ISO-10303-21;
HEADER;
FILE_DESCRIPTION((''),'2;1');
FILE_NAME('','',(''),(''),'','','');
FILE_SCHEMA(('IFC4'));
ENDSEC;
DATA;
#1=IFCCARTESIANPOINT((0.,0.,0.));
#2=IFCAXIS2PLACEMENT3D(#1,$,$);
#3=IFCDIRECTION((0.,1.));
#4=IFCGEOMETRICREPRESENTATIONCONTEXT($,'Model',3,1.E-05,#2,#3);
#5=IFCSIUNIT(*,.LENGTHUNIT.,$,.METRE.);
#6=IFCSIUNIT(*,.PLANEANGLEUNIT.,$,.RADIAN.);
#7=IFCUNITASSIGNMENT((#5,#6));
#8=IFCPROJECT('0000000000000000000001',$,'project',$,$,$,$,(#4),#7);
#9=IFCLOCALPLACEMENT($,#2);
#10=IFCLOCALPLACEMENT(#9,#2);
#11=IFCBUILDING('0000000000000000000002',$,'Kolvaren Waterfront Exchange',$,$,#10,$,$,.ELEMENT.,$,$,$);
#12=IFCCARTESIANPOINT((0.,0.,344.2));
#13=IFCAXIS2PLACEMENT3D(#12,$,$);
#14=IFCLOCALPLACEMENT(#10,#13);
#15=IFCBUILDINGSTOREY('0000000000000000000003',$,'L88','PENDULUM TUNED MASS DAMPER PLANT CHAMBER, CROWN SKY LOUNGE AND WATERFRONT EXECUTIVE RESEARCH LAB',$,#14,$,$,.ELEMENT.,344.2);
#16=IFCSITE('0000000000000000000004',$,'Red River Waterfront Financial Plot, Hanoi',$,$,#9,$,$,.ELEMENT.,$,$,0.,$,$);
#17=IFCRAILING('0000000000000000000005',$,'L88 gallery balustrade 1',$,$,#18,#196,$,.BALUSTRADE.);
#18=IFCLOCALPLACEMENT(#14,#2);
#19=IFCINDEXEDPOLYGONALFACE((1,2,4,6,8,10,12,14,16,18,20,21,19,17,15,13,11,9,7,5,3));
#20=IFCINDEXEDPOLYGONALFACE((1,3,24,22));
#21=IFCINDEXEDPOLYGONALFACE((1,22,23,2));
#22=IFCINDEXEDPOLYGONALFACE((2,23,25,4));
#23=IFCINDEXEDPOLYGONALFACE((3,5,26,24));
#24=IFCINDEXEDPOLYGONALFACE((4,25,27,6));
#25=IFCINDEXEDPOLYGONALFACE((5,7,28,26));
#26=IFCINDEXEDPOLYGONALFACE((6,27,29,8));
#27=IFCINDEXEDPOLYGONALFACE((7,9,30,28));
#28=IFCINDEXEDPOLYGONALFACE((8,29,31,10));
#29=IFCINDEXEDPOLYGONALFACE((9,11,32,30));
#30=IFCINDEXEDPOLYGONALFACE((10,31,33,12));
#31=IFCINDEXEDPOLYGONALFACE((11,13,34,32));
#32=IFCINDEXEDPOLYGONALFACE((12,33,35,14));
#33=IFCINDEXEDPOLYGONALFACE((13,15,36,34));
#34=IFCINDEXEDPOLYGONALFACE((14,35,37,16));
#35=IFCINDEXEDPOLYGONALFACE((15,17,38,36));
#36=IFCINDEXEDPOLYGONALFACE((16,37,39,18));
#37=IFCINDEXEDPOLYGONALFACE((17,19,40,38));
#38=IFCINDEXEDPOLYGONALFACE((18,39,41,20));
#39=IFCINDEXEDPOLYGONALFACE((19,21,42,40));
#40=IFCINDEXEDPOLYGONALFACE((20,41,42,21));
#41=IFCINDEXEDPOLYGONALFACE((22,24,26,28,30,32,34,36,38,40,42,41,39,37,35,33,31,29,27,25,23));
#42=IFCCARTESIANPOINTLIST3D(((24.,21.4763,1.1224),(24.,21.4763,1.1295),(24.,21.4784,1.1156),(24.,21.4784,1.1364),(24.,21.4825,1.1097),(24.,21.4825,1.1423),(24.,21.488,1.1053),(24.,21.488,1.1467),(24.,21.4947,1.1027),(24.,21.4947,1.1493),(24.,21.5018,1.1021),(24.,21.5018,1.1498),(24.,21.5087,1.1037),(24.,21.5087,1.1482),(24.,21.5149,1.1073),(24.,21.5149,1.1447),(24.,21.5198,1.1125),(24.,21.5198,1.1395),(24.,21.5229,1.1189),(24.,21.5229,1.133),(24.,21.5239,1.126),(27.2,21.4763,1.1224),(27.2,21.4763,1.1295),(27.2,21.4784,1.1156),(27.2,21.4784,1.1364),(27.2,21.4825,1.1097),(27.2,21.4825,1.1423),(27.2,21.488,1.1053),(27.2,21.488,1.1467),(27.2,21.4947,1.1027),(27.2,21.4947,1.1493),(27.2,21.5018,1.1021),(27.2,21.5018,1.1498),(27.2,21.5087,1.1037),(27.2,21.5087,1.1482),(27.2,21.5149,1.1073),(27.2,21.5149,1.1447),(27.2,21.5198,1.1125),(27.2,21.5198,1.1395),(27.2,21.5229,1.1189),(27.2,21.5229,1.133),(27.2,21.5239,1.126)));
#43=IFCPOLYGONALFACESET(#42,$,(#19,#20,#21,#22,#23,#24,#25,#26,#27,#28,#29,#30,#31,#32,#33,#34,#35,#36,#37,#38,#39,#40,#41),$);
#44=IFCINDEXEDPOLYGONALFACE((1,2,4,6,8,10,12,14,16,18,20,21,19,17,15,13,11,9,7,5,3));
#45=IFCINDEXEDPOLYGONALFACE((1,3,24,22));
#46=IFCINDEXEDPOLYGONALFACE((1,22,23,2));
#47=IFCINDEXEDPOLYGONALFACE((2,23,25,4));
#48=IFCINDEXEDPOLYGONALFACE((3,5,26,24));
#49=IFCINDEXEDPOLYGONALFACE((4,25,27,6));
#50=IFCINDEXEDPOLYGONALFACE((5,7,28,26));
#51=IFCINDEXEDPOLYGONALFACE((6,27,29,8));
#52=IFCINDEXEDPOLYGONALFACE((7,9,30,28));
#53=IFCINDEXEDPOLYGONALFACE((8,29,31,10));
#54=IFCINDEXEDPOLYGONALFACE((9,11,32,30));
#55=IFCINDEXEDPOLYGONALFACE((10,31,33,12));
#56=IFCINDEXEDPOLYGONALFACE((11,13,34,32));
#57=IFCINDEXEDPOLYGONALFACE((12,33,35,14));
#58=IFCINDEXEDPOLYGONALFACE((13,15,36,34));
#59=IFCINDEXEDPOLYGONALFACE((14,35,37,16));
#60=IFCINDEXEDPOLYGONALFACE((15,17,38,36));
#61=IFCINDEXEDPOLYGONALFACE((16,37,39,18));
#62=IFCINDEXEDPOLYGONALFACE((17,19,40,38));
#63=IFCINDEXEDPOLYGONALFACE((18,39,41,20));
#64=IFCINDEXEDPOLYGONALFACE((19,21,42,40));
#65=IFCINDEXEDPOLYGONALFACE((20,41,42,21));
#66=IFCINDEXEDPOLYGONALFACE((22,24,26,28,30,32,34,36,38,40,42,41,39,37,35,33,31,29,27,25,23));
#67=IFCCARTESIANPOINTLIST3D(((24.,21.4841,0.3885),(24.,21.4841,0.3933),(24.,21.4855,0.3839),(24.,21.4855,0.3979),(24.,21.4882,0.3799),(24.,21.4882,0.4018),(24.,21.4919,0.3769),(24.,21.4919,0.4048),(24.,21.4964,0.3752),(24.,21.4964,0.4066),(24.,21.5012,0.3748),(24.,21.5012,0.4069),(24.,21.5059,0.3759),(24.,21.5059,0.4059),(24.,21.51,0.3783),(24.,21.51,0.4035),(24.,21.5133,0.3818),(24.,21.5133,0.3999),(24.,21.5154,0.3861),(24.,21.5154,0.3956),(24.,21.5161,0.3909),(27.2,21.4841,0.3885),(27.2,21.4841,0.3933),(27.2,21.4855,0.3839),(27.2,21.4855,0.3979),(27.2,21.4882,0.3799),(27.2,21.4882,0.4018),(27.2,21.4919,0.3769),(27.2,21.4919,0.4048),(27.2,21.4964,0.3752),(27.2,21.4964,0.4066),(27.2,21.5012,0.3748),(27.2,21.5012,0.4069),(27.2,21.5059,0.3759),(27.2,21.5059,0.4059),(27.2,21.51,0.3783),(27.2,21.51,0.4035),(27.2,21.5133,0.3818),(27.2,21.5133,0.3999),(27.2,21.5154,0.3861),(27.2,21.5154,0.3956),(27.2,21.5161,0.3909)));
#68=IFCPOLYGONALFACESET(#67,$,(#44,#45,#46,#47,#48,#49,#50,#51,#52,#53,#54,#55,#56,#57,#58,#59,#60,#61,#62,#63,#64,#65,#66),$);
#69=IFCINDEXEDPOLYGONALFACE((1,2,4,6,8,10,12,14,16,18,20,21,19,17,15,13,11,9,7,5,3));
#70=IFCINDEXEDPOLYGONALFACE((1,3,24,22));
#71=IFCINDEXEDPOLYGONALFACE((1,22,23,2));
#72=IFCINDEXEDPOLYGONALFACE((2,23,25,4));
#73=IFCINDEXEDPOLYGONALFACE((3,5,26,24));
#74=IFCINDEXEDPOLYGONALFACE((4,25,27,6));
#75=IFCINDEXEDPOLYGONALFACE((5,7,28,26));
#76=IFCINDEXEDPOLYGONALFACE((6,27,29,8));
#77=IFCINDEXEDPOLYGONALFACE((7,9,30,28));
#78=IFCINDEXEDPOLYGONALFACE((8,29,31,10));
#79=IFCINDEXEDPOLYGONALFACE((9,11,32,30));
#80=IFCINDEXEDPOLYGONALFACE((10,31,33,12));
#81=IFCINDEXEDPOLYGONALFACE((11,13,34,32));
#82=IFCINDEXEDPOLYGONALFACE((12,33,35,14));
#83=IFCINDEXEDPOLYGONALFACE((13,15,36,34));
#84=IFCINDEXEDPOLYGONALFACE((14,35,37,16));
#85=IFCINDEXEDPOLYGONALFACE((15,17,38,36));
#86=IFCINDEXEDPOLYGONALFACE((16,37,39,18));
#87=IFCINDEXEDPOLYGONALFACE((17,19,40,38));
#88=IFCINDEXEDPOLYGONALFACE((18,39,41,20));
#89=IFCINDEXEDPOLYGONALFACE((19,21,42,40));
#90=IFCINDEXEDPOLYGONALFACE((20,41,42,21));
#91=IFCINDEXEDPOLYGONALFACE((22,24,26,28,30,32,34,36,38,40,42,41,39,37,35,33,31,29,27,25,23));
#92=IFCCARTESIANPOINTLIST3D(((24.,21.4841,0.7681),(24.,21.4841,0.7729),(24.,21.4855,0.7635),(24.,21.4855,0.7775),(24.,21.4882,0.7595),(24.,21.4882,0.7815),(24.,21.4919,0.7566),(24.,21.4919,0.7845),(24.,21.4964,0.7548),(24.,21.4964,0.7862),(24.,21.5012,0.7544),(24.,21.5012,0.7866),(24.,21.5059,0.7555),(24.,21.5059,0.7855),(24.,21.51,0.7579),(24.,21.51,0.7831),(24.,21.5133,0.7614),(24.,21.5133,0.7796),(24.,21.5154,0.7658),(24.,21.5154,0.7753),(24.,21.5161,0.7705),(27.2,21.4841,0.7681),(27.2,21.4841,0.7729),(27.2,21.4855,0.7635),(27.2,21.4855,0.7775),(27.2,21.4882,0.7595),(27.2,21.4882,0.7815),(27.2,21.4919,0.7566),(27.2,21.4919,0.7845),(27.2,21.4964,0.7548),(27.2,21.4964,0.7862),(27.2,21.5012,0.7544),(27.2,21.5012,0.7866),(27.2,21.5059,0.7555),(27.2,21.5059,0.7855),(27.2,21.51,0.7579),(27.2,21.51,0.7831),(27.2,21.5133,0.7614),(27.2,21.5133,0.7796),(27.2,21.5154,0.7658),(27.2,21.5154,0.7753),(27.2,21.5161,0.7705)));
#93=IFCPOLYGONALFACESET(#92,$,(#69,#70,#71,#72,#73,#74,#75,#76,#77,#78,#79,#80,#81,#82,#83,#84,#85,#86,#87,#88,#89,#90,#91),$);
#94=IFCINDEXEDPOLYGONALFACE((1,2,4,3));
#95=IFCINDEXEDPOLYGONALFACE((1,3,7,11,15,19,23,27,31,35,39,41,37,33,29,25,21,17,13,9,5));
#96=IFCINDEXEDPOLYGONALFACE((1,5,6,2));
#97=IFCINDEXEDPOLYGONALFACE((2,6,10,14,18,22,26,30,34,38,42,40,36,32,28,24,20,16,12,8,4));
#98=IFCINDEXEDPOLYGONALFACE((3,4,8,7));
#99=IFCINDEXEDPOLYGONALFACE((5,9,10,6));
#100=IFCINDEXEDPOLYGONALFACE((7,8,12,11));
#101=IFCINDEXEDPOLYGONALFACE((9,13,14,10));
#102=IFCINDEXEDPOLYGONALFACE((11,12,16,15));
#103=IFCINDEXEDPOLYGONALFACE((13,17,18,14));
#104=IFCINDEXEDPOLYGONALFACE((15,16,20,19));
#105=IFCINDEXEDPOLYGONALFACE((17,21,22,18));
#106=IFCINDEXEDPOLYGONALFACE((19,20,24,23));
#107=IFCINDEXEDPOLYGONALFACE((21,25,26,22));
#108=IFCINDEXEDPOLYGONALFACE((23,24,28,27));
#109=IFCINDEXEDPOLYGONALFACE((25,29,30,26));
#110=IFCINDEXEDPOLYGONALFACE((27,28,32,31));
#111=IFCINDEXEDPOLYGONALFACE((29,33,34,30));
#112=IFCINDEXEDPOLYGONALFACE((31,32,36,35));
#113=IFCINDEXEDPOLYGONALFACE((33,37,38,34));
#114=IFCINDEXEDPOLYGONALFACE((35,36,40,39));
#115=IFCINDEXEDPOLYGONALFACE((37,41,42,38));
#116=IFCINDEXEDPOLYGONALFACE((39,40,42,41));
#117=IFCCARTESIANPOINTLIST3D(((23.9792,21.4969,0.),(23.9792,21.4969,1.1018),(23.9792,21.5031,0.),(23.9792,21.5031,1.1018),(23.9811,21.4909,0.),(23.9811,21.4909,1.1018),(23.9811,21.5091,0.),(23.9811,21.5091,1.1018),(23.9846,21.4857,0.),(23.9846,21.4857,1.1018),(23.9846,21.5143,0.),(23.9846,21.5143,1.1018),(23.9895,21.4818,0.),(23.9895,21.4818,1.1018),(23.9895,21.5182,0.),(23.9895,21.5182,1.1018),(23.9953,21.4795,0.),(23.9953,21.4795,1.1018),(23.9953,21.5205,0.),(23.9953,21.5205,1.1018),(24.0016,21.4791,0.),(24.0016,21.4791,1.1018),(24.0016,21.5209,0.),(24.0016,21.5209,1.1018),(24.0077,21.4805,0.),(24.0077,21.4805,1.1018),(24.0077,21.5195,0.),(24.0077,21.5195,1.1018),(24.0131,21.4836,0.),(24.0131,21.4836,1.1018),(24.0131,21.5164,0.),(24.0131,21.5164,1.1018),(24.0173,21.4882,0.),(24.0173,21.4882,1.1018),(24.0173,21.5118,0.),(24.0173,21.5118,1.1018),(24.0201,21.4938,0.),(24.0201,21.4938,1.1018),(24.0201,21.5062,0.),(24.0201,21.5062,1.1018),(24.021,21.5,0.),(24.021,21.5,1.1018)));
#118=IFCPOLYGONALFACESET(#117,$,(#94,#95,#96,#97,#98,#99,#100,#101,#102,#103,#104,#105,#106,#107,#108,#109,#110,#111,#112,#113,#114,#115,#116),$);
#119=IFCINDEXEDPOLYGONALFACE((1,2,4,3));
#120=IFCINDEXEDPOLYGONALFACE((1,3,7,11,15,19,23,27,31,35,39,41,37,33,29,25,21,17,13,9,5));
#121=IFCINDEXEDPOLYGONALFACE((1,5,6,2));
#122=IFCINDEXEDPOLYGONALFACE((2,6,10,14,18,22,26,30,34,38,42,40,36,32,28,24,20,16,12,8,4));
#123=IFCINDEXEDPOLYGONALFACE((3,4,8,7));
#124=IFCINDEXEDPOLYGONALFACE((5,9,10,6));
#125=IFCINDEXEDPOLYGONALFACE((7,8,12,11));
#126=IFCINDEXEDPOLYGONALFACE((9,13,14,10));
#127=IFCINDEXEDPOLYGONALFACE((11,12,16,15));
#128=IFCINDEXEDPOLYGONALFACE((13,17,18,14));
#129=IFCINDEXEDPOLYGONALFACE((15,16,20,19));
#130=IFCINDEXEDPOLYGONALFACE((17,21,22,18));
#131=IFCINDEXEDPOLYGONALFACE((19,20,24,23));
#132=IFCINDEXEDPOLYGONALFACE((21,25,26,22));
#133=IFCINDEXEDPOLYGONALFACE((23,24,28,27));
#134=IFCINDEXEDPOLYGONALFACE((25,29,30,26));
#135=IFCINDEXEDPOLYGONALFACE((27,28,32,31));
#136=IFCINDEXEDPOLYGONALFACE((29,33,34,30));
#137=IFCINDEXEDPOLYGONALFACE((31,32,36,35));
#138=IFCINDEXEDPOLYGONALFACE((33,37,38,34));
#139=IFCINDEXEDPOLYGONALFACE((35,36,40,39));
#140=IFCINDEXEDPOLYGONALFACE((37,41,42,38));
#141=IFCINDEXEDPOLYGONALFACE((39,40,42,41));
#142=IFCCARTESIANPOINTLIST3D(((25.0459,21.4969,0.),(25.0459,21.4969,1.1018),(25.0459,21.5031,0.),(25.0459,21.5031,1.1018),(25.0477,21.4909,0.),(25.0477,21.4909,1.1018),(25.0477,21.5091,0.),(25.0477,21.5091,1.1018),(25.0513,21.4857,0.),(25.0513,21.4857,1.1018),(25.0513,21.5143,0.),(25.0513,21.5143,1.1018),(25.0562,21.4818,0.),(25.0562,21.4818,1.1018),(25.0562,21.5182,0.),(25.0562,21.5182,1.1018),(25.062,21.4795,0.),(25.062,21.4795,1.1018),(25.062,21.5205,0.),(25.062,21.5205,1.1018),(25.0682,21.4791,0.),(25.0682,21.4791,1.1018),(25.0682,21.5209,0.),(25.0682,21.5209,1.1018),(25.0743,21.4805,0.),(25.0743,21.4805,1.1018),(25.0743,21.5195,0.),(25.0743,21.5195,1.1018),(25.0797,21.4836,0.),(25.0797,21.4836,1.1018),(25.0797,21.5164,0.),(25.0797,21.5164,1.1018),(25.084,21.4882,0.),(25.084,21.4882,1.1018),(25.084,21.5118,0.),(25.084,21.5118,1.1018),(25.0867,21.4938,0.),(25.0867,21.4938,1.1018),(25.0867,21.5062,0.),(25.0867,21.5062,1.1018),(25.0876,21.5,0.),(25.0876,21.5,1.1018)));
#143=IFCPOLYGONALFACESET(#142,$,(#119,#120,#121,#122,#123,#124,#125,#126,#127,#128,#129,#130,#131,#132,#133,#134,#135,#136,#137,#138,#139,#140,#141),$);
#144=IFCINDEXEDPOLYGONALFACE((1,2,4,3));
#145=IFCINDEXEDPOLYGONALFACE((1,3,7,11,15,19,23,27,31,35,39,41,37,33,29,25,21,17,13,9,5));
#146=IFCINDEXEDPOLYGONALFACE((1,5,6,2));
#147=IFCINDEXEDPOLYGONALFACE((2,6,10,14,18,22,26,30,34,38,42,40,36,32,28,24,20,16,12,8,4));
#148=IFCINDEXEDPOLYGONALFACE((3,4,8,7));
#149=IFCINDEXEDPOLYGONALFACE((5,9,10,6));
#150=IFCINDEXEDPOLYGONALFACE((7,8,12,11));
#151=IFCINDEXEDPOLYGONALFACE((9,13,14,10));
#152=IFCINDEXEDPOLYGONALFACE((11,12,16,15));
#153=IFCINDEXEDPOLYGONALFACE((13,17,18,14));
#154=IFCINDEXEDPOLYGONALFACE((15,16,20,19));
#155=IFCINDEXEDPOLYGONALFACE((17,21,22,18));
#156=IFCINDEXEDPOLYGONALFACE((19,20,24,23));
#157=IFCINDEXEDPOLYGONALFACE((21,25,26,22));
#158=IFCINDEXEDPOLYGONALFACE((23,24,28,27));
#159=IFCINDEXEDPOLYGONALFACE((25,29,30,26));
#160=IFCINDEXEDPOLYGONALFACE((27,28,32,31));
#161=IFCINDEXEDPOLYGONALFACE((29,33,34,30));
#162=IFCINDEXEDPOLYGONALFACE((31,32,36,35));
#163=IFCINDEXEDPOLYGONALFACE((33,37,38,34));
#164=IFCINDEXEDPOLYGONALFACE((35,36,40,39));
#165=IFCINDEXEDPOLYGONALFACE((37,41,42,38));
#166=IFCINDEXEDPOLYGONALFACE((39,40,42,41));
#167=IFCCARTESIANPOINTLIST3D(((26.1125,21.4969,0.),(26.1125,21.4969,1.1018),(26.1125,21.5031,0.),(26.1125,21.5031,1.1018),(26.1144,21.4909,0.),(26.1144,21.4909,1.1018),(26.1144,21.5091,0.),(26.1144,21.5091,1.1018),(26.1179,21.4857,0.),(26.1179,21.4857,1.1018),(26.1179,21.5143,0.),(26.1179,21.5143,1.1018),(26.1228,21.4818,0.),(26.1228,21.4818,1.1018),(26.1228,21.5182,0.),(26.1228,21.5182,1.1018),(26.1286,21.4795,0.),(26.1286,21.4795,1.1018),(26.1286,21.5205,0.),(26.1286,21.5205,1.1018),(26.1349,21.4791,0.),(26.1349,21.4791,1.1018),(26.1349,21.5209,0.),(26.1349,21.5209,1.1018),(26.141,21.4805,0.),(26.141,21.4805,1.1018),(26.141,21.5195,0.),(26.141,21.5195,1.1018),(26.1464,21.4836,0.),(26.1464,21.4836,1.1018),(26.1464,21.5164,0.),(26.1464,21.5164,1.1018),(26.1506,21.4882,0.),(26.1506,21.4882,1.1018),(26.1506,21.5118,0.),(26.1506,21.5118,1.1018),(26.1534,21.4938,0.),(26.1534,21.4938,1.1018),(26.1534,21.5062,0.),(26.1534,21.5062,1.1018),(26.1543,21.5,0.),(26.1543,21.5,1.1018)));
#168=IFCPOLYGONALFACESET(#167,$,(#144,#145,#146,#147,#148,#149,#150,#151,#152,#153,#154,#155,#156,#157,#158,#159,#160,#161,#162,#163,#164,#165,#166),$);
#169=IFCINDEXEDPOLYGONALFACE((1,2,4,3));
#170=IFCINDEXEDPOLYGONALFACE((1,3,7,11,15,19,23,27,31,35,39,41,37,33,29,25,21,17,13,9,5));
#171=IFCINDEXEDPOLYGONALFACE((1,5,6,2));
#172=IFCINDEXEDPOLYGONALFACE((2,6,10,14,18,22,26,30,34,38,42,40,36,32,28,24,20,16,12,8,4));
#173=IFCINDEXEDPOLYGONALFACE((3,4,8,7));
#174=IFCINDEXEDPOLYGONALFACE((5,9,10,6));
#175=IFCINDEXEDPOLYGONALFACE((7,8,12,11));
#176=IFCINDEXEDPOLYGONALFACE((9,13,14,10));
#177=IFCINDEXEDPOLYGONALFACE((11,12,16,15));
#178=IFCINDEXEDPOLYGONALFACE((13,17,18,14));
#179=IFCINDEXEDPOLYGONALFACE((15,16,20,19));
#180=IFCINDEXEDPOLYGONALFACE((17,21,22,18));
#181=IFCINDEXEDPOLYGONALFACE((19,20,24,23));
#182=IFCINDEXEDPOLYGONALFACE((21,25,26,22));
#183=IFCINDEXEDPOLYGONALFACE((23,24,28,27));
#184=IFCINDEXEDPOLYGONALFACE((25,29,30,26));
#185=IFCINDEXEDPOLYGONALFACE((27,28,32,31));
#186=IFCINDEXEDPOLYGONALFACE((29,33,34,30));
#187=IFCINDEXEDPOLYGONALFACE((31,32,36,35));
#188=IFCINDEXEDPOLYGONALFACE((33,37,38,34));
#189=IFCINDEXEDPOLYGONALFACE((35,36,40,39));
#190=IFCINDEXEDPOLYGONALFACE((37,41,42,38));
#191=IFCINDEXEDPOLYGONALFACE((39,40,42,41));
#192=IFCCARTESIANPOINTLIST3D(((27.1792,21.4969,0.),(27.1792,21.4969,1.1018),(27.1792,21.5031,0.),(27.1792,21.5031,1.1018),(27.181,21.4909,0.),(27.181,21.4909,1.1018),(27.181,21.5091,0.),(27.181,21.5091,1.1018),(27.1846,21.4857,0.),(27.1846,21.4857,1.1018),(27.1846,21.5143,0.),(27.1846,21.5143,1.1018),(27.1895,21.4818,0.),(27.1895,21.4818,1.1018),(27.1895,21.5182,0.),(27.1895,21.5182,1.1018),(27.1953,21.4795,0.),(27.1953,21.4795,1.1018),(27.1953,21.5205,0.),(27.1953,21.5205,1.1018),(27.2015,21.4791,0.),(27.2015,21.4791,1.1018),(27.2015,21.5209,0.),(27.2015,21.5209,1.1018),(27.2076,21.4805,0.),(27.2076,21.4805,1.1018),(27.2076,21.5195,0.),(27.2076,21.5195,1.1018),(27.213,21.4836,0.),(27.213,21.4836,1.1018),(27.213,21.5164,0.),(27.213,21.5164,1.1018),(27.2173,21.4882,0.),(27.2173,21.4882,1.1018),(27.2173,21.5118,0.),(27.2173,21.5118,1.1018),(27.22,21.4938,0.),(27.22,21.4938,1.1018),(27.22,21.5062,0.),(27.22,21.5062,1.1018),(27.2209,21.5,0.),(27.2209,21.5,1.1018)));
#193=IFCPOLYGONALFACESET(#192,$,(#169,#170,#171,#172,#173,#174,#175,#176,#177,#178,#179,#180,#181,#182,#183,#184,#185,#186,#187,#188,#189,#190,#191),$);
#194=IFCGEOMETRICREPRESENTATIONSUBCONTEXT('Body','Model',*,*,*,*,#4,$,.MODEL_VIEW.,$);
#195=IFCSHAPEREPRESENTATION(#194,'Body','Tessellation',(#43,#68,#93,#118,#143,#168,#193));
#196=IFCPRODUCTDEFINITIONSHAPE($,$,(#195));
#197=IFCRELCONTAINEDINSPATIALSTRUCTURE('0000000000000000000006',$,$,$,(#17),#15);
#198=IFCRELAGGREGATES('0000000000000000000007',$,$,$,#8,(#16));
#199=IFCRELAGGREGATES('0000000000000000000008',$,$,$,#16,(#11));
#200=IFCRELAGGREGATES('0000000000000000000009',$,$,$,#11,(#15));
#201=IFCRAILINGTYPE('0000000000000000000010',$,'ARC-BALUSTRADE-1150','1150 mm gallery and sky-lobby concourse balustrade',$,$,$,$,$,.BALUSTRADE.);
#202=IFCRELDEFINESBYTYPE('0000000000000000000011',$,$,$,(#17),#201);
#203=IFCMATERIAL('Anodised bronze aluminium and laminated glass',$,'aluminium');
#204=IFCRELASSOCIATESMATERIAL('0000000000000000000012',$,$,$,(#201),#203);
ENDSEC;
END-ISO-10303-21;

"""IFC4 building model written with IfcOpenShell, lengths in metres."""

from ifc_helpers import new_model, si_unit, direction, frame, origin, origin_2d, place, context, subcontext, project, spatial, circle, extrude, material, type_object, element, save


model = new_model("IFC4")

# Units and contexts
model_context = context("Model", 3, precision=1e-05, world=origin(), true_north=direction((0.0, 1.0)))
body_context = subcontext(model_context, "Body", "Model", "MODEL_VIEW")
ifc_project = project(units=[si_unit("LENGTHUNIT", "METRE"), si_unit("PLANEANGLEUNIT", "RADIAN")], contexts=[model_context])

# Site, building, storey
site_placement = place(None, origin())
site = spatial("IfcSite", under=ifc_project, at=site_placement, Name="Red River Waterfront Financial Plot, Hanoi", CompositionType="ELEMENT", RefElevation=0.0)
building_placement = place(site_placement, origin())
building = spatial("IfcBuilding", under=site, at=building_placement, Name="Kolvaren Waterfront Exchange", CompositionType="ELEMENT")
storey_placement = place(building_placement, frame((0.0, 0.0, 344.2)))
storey = spatial("IfcBuildingStorey", under=building, at=storey_placement, Name="L88", Description="PENDULUM TUNED MASS DAMPER PLANT CHAMBER, CROWN SKY LOUNGE AND WATERFRONT EXECUTIVE RESEARCH LAB", CompositionType="ELEMENT", Elevation=344.2)

# Railing
ifc_material_1 = material(Name="Anodised bronze aluminium and laminated glass", Category="aluminium")
railing_type = type_object("IfcRailingType", Name="ARC-BALUSTRADE-1150", Description="1150 mm gallery and sky-lobby concourse balustrade", PredefinedType="BALUSTRADE", material=ifc_material_1)
for number, where, name in (
    (1, (24.0, 21.5, 0.0), "L88 gallery balustrade 1"),
):
    element("IfcRailing", number, at=place(storey_placement, frame(where)), inside=storey, type_object=railing_type, Name=name, PredefinedType="BALUSTRADE", context=body_context, shape_type="SweptSolid", body=[
        extrude(circle(Radius=0.0239, at=origin_2d()), frame((0.0, 0.0, 1.126), z_axis=(1.0, 0.0, 0.0), x_axis=(0.0, 1.0, 0.0)), (0.0, 0.0, 1.0), 3.2),
        extrude(circle(Radius=0.0161, at=origin_2d()), frame((0.0, 0.0, 0.3909), z_axis=(1.0, 0.0, 0.0), x_axis=(0.0, 1.0, 0.0)), (0.0, 0.0, 1.0), 3.2),
        extrude(circle(Radius=0.0161, at=origin_2d()), frame((0.0, 0.0, 0.7705), z_axis=(1.0, 0.0, 0.0), x_axis=(0.0, 1.0, 0.0)), (0.0, 0.0, 1.0), 3.2),
        extrude(circle(Radius=0.021, at=origin_2d()), origin(), (0.0, 0.0, 1.0), 1.1018),
        extrude(circle(Radius=0.021, at=origin_2d()), frame((1.0667, 0.0, 0.0)), (0.0, 0.0, 1.0), 1.1018),
        extrude(circle(Radius=0.021, at=origin_2d()), frame((2.1333, 0.0, 0.0)), (0.0, 0.0, 1.0), 1.1018),
        extrude(circle(Radius=0.021, at=origin_2d()), frame((3.2, 0.0, 0.0)), (0.0, 0.0, 1.0), 1.1018),
    ])

save(model, "model.ifc")
